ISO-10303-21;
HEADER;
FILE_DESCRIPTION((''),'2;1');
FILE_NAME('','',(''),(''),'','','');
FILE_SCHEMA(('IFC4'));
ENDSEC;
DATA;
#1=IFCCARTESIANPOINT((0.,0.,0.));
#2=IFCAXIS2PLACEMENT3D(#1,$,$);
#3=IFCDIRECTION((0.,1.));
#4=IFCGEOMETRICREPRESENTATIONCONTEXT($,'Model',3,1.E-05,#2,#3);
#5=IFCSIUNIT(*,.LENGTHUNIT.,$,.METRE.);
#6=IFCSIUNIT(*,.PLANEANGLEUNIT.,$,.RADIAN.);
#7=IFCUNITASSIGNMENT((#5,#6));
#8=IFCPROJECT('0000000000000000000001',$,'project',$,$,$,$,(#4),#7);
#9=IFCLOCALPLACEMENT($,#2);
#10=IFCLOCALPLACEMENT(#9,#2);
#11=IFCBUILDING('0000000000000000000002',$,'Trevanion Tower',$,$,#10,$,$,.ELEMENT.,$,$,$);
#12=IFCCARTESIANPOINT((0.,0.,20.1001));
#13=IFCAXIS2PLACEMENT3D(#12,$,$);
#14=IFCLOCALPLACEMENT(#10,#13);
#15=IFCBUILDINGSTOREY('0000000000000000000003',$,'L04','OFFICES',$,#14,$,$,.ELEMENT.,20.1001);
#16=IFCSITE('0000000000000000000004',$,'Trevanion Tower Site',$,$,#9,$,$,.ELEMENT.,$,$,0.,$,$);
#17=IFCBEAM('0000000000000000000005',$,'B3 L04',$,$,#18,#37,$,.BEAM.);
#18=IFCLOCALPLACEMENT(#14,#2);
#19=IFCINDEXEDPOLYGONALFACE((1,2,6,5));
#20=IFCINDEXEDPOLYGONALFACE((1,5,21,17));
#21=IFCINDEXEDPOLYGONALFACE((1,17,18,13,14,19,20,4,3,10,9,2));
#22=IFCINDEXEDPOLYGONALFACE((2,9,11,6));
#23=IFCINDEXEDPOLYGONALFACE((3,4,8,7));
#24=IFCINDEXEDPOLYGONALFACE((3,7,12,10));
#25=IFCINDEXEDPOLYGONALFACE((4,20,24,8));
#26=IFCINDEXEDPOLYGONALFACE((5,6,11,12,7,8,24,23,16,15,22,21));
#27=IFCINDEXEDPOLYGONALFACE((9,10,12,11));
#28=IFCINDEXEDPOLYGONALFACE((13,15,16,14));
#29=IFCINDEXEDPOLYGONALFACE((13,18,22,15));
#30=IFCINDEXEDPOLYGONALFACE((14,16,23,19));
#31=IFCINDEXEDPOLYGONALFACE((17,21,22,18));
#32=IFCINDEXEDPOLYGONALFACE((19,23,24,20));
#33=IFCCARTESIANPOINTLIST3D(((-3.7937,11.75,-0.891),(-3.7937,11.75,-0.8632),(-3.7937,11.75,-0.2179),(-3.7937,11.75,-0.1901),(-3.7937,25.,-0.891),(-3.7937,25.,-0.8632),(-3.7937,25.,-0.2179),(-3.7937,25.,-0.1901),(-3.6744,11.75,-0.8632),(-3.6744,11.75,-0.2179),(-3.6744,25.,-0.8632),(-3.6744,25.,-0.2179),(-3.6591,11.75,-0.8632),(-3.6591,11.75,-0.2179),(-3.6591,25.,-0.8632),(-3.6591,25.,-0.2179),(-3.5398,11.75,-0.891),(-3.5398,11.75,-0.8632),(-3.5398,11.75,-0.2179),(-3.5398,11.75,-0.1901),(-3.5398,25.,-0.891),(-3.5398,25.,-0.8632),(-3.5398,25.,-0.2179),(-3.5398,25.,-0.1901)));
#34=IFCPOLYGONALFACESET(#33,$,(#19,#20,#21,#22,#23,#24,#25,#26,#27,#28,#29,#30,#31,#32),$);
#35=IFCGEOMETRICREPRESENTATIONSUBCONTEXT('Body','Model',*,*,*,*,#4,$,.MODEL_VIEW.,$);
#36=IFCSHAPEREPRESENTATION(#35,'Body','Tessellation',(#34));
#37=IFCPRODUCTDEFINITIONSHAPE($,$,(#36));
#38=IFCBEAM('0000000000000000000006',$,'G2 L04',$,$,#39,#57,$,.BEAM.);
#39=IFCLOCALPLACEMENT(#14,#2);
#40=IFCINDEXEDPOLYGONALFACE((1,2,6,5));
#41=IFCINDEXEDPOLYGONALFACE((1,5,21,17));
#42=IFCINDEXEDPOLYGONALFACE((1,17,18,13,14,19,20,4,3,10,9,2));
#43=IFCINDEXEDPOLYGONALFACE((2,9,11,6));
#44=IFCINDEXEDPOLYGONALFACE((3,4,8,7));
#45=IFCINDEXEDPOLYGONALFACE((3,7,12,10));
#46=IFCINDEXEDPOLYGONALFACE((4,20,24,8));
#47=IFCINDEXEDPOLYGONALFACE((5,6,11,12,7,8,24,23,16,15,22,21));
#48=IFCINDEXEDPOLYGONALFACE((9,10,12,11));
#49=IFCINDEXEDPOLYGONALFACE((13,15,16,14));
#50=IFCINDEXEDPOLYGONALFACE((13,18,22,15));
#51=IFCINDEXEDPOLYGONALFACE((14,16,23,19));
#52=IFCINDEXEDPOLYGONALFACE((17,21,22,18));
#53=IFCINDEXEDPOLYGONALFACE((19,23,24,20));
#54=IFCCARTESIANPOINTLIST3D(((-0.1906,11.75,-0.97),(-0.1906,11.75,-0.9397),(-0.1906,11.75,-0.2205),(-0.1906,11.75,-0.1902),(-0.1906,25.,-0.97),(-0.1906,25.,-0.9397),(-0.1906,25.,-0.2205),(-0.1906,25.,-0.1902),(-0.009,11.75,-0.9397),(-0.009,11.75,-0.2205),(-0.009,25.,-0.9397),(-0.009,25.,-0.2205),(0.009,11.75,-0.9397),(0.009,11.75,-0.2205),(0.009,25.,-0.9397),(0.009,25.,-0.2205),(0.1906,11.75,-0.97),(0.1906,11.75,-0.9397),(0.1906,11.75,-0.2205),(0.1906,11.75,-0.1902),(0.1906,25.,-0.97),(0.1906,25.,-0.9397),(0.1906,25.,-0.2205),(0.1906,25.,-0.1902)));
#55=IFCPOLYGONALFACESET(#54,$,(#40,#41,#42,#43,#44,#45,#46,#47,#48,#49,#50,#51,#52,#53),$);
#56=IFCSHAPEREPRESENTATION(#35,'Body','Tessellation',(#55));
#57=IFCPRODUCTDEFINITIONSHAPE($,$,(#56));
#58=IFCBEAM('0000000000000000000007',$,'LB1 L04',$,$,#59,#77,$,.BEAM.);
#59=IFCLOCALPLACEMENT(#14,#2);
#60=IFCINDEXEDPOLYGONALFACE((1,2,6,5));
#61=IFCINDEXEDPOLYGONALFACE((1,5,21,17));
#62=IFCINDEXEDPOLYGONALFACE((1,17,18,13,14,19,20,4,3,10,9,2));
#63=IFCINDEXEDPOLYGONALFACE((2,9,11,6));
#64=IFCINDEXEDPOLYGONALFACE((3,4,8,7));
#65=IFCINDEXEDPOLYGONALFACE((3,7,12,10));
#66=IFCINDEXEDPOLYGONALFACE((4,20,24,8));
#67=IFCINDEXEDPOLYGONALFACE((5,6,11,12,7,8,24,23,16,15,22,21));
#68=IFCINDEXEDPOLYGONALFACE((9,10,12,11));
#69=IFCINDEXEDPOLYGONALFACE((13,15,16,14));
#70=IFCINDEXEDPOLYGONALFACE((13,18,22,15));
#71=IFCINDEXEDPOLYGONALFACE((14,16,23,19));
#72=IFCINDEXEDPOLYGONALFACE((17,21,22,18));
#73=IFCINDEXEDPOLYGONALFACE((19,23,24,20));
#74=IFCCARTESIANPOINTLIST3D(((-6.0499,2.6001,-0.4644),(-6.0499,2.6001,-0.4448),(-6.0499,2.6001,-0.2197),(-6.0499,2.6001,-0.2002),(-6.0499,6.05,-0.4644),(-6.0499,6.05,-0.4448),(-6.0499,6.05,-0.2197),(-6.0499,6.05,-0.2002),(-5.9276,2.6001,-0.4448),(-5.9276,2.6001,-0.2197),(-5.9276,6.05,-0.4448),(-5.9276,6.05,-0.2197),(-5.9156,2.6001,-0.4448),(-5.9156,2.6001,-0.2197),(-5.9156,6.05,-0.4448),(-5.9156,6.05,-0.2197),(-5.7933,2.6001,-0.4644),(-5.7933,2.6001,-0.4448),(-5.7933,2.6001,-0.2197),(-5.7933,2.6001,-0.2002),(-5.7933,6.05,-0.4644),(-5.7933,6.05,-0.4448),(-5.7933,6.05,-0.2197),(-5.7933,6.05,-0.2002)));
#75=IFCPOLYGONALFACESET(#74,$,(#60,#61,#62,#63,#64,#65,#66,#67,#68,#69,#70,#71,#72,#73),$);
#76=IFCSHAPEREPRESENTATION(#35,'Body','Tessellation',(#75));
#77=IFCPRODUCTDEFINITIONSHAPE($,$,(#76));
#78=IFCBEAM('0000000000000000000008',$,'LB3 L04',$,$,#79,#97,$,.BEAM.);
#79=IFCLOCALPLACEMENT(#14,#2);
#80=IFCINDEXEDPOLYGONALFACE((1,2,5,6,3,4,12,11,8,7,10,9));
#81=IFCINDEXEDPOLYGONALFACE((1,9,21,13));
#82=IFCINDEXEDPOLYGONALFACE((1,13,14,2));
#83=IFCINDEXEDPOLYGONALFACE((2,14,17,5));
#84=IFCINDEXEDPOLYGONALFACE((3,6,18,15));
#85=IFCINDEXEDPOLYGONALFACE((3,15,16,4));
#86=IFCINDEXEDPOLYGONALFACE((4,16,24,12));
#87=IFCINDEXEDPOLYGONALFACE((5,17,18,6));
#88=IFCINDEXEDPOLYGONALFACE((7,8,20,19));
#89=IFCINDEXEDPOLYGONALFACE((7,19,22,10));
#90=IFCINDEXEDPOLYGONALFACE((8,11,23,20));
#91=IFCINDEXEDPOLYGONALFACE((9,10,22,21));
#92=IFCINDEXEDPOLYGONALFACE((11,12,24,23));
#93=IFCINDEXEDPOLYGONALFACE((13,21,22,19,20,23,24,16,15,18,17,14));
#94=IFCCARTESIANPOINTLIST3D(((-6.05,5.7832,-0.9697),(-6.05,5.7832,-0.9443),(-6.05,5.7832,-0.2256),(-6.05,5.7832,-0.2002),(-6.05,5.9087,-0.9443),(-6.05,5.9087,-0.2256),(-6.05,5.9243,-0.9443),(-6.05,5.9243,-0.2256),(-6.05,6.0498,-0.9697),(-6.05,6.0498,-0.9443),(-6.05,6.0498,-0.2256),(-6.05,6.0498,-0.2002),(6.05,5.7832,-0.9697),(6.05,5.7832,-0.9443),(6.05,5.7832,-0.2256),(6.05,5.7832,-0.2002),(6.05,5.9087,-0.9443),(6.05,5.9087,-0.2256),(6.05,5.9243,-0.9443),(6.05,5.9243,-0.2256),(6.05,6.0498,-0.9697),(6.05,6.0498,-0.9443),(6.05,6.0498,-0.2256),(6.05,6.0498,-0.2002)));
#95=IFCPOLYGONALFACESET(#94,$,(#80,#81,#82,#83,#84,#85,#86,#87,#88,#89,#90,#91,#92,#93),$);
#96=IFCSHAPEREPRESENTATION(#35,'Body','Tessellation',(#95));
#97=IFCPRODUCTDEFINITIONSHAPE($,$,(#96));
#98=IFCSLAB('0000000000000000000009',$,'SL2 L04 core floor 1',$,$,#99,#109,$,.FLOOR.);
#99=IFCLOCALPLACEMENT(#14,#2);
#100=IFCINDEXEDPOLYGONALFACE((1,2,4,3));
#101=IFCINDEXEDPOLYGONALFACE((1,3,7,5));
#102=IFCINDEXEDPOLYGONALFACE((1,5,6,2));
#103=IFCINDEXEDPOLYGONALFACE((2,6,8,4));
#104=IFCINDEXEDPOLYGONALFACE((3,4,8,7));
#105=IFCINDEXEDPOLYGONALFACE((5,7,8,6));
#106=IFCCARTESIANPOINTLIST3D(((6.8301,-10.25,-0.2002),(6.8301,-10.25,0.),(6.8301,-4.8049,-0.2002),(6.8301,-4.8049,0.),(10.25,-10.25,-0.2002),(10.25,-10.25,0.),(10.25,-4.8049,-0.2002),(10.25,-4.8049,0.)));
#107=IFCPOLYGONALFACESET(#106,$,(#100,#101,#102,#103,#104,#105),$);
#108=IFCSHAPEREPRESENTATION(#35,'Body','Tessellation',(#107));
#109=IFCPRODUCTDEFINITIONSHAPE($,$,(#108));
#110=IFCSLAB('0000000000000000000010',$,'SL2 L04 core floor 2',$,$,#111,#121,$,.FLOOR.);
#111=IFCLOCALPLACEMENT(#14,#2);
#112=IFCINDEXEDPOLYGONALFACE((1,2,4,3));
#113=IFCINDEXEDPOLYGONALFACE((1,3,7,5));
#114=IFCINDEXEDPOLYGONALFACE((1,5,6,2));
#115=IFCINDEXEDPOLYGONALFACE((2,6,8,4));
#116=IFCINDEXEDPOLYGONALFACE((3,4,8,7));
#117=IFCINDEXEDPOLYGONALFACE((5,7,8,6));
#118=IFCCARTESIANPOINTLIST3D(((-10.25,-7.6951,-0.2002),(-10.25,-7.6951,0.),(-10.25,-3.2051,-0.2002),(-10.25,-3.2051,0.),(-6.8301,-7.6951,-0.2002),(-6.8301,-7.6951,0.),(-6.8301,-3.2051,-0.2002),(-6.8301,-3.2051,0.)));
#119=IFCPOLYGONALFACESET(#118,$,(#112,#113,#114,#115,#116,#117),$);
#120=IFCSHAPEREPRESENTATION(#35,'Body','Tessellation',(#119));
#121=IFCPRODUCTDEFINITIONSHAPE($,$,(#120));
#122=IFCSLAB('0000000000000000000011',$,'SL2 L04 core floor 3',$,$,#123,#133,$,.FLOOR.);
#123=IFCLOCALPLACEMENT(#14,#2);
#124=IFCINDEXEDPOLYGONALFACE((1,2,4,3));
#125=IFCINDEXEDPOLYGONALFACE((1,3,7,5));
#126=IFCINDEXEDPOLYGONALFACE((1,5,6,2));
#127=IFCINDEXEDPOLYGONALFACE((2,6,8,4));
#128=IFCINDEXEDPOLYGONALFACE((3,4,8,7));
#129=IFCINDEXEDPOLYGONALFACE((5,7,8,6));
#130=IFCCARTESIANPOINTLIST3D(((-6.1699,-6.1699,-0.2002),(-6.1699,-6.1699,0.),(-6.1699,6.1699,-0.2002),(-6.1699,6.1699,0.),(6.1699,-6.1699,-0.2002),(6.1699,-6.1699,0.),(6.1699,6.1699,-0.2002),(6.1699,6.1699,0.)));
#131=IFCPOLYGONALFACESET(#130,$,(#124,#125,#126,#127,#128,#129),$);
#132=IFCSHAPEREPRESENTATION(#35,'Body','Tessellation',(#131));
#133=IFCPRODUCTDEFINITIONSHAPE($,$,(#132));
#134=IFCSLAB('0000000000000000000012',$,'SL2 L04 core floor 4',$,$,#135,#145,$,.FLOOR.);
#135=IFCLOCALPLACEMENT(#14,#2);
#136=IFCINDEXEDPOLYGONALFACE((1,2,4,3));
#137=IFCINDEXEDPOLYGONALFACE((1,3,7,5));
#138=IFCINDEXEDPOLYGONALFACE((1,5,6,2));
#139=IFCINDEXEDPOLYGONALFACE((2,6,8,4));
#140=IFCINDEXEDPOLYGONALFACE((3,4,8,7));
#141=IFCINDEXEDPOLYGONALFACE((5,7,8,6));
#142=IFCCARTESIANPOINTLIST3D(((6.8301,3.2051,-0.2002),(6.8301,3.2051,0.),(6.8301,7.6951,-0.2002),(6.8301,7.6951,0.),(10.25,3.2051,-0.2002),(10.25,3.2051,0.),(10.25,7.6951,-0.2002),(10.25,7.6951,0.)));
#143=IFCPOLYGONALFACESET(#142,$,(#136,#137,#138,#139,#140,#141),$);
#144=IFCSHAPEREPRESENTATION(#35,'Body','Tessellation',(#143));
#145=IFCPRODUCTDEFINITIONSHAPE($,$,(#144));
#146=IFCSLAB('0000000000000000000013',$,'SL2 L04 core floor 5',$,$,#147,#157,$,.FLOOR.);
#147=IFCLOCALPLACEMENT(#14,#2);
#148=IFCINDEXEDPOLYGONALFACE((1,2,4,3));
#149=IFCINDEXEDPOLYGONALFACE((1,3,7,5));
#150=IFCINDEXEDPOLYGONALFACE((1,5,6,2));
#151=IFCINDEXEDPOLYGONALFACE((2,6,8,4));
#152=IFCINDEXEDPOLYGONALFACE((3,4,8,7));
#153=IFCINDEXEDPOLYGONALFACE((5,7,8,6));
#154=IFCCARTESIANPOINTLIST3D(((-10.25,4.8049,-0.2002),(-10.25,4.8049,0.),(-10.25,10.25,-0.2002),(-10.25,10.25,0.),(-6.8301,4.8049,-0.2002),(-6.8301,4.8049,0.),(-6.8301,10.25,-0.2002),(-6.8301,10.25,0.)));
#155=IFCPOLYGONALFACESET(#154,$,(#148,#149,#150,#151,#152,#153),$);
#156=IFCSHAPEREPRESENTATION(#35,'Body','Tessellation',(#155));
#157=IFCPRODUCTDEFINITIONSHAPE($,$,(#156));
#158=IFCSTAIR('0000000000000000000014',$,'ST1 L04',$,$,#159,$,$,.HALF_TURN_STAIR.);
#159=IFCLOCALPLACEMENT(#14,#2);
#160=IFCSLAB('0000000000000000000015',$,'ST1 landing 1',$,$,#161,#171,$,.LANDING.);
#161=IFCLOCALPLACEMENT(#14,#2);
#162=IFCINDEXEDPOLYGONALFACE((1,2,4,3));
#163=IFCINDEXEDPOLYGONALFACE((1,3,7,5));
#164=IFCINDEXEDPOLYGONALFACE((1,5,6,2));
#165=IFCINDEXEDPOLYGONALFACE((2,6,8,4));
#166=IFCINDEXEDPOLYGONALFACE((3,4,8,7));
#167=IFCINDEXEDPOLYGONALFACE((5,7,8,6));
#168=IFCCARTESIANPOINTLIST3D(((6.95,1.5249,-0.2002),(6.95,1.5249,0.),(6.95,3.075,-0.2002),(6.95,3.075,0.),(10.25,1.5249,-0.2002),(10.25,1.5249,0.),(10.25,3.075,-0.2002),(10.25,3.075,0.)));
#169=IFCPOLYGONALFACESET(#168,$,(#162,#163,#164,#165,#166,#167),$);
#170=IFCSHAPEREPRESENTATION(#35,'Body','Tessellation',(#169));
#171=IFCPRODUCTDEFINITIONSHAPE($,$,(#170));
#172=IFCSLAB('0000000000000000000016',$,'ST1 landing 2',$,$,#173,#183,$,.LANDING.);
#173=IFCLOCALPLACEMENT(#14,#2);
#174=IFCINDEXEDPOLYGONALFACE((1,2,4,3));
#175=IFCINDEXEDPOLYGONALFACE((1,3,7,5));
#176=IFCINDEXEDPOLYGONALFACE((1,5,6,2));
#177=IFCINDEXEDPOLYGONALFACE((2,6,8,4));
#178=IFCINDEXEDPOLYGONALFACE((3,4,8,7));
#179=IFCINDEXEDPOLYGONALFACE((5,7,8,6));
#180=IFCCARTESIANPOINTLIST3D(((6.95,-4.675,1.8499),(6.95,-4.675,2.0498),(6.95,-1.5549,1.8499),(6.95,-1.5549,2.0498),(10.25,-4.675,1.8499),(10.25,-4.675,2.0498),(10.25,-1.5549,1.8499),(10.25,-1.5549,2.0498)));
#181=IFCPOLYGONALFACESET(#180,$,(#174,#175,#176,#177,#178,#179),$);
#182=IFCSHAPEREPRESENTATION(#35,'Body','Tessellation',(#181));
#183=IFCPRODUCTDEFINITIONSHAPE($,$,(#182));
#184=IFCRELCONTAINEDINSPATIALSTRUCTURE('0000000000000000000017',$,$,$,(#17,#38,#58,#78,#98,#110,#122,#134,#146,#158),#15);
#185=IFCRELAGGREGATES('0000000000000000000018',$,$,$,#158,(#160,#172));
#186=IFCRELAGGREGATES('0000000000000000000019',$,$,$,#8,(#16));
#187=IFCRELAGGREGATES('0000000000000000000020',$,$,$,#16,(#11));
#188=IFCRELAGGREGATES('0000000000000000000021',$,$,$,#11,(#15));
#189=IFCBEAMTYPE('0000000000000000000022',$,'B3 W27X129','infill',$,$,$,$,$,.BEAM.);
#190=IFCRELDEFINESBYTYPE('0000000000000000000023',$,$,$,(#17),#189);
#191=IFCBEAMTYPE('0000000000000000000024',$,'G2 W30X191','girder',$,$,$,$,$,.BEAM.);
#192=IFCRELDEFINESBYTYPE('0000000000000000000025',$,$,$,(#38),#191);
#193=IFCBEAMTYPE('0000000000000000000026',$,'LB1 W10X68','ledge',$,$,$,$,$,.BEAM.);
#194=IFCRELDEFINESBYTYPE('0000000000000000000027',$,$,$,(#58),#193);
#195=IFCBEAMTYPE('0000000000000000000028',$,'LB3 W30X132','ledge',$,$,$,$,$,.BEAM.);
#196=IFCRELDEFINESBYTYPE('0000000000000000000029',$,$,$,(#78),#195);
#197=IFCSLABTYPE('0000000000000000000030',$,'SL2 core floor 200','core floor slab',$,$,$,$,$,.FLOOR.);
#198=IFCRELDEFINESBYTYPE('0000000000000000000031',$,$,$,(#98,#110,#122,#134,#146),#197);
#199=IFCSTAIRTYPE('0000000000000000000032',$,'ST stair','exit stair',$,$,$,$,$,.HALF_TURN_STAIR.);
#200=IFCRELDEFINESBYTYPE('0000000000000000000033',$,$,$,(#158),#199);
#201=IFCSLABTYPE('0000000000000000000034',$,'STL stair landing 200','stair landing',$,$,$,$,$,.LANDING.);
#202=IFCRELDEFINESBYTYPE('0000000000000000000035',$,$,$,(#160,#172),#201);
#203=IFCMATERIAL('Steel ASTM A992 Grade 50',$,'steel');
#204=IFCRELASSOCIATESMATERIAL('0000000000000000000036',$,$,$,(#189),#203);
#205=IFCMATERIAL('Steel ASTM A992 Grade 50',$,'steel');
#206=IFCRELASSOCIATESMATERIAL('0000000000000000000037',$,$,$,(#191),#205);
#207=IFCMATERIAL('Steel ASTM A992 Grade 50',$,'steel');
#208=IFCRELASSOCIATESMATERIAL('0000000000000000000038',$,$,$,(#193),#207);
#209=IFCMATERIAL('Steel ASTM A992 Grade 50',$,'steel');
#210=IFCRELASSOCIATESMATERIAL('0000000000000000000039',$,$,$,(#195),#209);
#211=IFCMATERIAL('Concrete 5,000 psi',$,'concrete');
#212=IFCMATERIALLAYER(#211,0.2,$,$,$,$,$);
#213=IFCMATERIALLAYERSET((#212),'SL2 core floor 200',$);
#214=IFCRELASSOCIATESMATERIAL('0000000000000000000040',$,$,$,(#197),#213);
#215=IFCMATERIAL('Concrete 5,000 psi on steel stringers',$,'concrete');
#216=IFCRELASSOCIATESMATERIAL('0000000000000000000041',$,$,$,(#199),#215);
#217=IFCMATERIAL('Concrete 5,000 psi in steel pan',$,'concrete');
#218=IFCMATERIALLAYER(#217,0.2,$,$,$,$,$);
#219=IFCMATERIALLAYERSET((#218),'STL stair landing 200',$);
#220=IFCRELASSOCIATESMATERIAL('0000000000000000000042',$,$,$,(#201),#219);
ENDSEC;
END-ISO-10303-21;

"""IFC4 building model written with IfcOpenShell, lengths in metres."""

from ifc_helpers import new_model, si_unit, direction, frame, origin, origin_2d, place, context, subcontext, project, spatial, polyline, i_section, outline, extrude, material, layer, layer_set, material_profile, profile_set, type_object, element, aggregate, save


model = new_model("IFC4")

# Units and contexts
model_context = context("Model", 3, precision=1e-05, world=origin(), true_north=direction((0.0, 1.0)))
body_context = subcontext(model_context, "Body", "Model", "MODEL_VIEW")
ifc_project = project(units=[si_unit("LENGTHUNIT", "METRE"), si_unit("PLANEANGLEUNIT", "RADIAN")], contexts=[model_context])

# Site, building, storey
site_placement = place(None, origin())
site = spatial("IfcSite", under=ifc_project, at=site_placement, Name="Trevanion Tower Site", CompositionType="ELEMENT", RefElevation=0.0)
building_placement = place(site_placement, origin())
building = spatial("IfcBuilding", under=site, at=building_placement, Name="Trevanion Tower", CompositionType="ELEMENT")
storey_placement = place(building_placement, frame((0.0, 0.0, 20.1001)))
storey = spatial("IfcBuildingStorey", under=building, at=storey_placement, Name="L04", Description="OFFICES", CompositionType="ELEMENT", Elevation=20.1001)

# Beams
ifc_material_1 = material(Name="Steel ASTM A992 Grade 50", Category="steel")
ifc_material_profile_1 = material_profile(ifc_material_1, i_section(OverallWidth=0.2539, OverallDepth=0.7009, WebThickness=0.0154, FlangeThickness=0.0278, at=origin_2d()), Name="W27X129")
ifc_profile_set_1 = profile_set([ifc_material_profile_1], Name="Steel ASTM A992 Grade 50")
beam_type_1 = type_object("IfcBeamType", Name="B3 W27X129", Description="infill", PredefinedType="BEAM", material=ifc_profile_set_1)
beam_1_placement = place(storey_placement, frame((-3.6667, 11.75, -0.5405), z_axis=(0.0, 1.0, 0.0), x_axis=(-1.0, 0.0, 0.0)))
element("IfcBeam", 1, at=beam_1_placement, inside=storey, type_object=beam_type_1, Name="B3 L04", PredefinedType="BEAM", context=body_context, shape_type="SweptSolid", body=[
    extrude(i_section(OverallWidth=0.2539, OverallDepth=0.7009, WebThickness=0.0154, FlangeThickness=0.0278, at=origin_2d()), origin(), (0.0, 0.0, 1.0), 13.25),
])
ifc_material_2 = material(Name="Steel ASTM A992 Grade 50", Category="steel")
ifc_material_profile_2 = material_profile(ifc_material_2, i_section(OverallWidth=0.3811, OverallDepth=0.7798, WebThickness=0.0181, FlangeThickness=0.0303, at=origin_2d()), Name="W30X191")
ifc_profile_set_2 = profile_set([ifc_material_profile_2], Name="Steel ASTM A992 Grade 50")
beam_type_2 = type_object("IfcBeamType", Name="G2 W30X191", Description="girder", PredefinedType="BEAM", material=ifc_profile_set_2)
beam_2_placement = place(storey_placement, frame((0.0, 11.75, -0.5801), z_axis=(0.0, 1.0, 0.0), x_axis=(-1.0, 0.0, 0.0)))
element("IfcBeam", 2, at=beam_2_placement, inside=storey, type_object=beam_type_2, Name="G2 L04", PredefinedType="BEAM", context=body_context, shape_type="SweptSolid", body=[
    extrude(i_section(OverallWidth=0.3811, OverallDepth=0.7798, WebThickness=0.0181, FlangeThickness=0.0303, at=origin_2d()), origin(), (0.0, 0.0, 1.0), 13.25),
])
ifc_material_3 = material(Name="Steel ASTM A992 Grade 50", Category="steel")
ifc_material_profile_3 = material_profile(ifc_material_3, i_section(OverallWidth=0.2566, OverallDepth=0.2642, WebThickness=0.012, FlangeThickness=0.0195, at=origin_2d()), Name="W10X68")
ifc_profile_set_3 = profile_set([ifc_material_profile_3], Name="Steel ASTM A992 Grade 50")
beam_type_3 = type_object("IfcBeamType", Name="LB1 W10X68", Description="ledge", PredefinedType="BEAM", material=ifc_profile_set_3)
beam_3_placement = place(storey_placement, frame((-5.9216, 2.6001, -0.3323), z_axis=(0.0, 1.0, 0.0), x_axis=(-1.0, 0.0, 0.0)))
element("IfcBeam", 3, at=beam_3_placement, inside=storey, type_object=beam_type_3, Name="LB1 L04", PredefinedType="BEAM", context=body_context, shape_type="SweptSolid", body=[
    extrude(i_section(OverallWidth=0.2566, OverallDepth=0.2642, WebThickness=0.012, FlangeThickness=0.0195, at=origin_2d()), origin(), (0.0, 0.0, 1.0), 3.45),
])
ifc_material_4 = material(Name="Steel ASTM A992 Grade 50", Category="steel")
ifc_material_profile_4 = material_profile(ifc_material_4, i_section(OverallWidth=0.2666, OverallDepth=0.7695, WebThickness=0.0156, FlangeThickness=0.0254, at=origin_2d()), Name="W30X132")
ifc_profile_set_4 = profile_set([ifc_material_profile_4], Name="Steel ASTM A992 Grade 50")
beam_type_4 = type_object("IfcBeamType", Name="LB3 W30X132", Description="ledge", PredefinedType="BEAM", material=ifc_profile_set_4)
beam_4_placement = place(storey_placement, frame((-6.05, 5.9165, -0.585), z_axis=(1.0, 0.0, 0.0), x_axis=(0.0, 1.0, 0.0)))
element("IfcBeam", 4, at=beam_4_placement, inside=storey, type_object=beam_type_4, Name="LB3 L04", PredefinedType="BEAM", context=body_context, shape_type="SweptSolid", body=[
    extrude(i_section(OverallWidth=0.2666, OverallDepth=0.7695, WebThickness=0.0156, FlangeThickness=0.0254, at=origin_2d()), origin(), (0.0, 0.0, 1.0), 12.1001),
])

# Slabs
ifc_material_5 = material(Name="Concrete 5,000 psi", Category="concrete")
ifc_layer_1 = layer(ifc_material_5, 0.2)
ifc_layer_set_1 = layer_set([ifc_layer_1], Name="SL2 core floor 200")
slab_type_1 = type_object("IfcSlabType", Name="SL2 core floor 200", Description="core floor slab", PredefinedType="FLOOR", material=ifc_layer_set_1)
slab_1_placement = place(storey_placement, frame((0.0, 0.0, -0.2002)))
element("IfcSlab", 5, at=slab_1_placement, inside=storey, type_object=slab_type_1, Name="SL2 L04 core floor 1", PredefinedType="FLOOR", context=body_context, shape_type="SweptSolid", body=[
    extrude(outline(polyline([(10.25, -4.8049), (10.25, -10.25), (6.8301, -10.25), (6.8301, -4.8049), (10.25, -4.8049)])), origin(), (0.0, 0.0, 1.0), 0.2002),
])
slab_2_placement = place(storey_placement, frame((0.0, 0.0, -0.2002)))
element("IfcSlab", 6, at=slab_2_placement, inside=storey, type_object=slab_type_1, Name="SL2 L04 core floor 2", PredefinedType="FLOOR", context=body_context, shape_type="SweptSolid", body=[
    extrude(outline(polyline([(-6.8301, -3.2051), (-6.8301, -7.6951), (-10.25, -7.6951), (-10.25, -3.2051), (-6.8301, -3.2051)])), origin(), (0.0, 0.0, 1.0), 0.2002),
])
slab_3_placement = place(storey_placement, frame((0.0, 0.0, -0.2002)))
element("IfcSlab", 7, at=slab_3_placement, inside=storey, type_object=slab_type_1, Name="SL2 L04 core floor 3", PredefinedType="FLOOR", context=body_context, shape_type="SweptSolid", body=[
    extrude(outline(polyline([(6.1699, -6.1699), (-6.1699, -6.1699), (-6.1699, 6.1699), (6.1699, 6.1699), (6.1699, -6.1699)])), origin(), (0.0, 0.0, 1.0), 0.2002),
])
slab_4_placement = place(storey_placement, frame((0.0, 0.0, -0.2002)))
element("IfcSlab", 8, at=slab_4_placement, inside=storey, type_object=slab_type_1, Name="SL2 L04 core floor 4", PredefinedType="FLOOR", context=body_context, shape_type="SweptSolid", body=[
    extrude(outline(polyline([(6.8301, 3.2051), (6.8301, 7.6951), (10.25, 7.6951), (10.25, 3.2051), (6.8301, 3.2051)])), origin(), (0.0, 0.0, 1.0), 0.2002),
])
slab_5_placement = place(storey_placement, frame((0.0, 0.0, -0.2002)))
element("IfcSlab", 9, at=slab_5_placement, inside=storey, type_object=slab_type_1, Name="SL2 L04 core floor 5", PredefinedType="FLOOR", context=body_context, shape_type="SweptSolid", body=[
    extrude(outline(polyline([(-6.8301, 4.8049), (-10.25, 4.8049), (-10.25, 10.25), (-6.8301, 10.25), (-6.8301, 4.8049)])), origin(), (0.0, 0.0, 1.0), 0.2002),
])

# Stair, slabs
ifc_material_6 = material(Name="Concrete 5,000 psi on steel stringers", Category="concrete")
stair_type = type_object("IfcStairType", Name="ST stair", Description="exit stair", PredefinedType="HALF_TURN_STAIR", material=ifc_material_6)
stair_1_placement = place(storey_placement, origin())
stair_1 = element("IfcStair", 10, at=stair_1_placement, inside=storey, type_object=stair_type, Name="ST1 L04", PredefinedType="HALF_TURN_STAIR")
ifc_material_7 = material(Name="Concrete 5,000 psi in steel pan", Category="concrete")
ifc_layer_2 = layer(ifc_material_7, 0.2)
ifc_layer_set_2 = layer_set([ifc_layer_2], Name="STL stair landing 200")
slab_type_2 = type_object("IfcSlabType", Name="STL stair landing 200", Description="stair landing", PredefinedType="LANDING", material=ifc_layer_set_2)
slab_6_placement = place(storey_placement, frame((0.0, 0.0, -0.2002)))
slab_6 = element("IfcSlab", 11, at=slab_6_placement, type_object=slab_type_2, Name="ST1 landing 1", PredefinedType="LANDING", context=body_context, shape_type="SweptSolid", body=[
    extrude(outline(polyline([(6.95, 1.5249), (10.25, 1.5249), (10.25, 3.075), (6.95, 3.075), (6.95, 1.5249)])), origin(), (0.0, 0.0, 1.0), 0.2002),
])
slab_7_placement = place(storey_placement, frame((0.0, 0.0, 1.8499)))
slab_7 = element("IfcSlab", 12, at=slab_7_placement, type_object=slab_type_2, Name="ST1 landing 2", PredefinedType="LANDING", context=body_context, shape_type="SweptSolid", body=[
    extrude(outline(polyline([(6.95, -4.675), (10.25, -4.675), (10.25, -1.5549), (6.95, -1.5549), (6.95, -4.675)])), origin(), (0.0, 0.0, 1.0), 0.2),
])
aggregate(stair_1, [slab_6, slab_7])

save(model, "model.ifc")
